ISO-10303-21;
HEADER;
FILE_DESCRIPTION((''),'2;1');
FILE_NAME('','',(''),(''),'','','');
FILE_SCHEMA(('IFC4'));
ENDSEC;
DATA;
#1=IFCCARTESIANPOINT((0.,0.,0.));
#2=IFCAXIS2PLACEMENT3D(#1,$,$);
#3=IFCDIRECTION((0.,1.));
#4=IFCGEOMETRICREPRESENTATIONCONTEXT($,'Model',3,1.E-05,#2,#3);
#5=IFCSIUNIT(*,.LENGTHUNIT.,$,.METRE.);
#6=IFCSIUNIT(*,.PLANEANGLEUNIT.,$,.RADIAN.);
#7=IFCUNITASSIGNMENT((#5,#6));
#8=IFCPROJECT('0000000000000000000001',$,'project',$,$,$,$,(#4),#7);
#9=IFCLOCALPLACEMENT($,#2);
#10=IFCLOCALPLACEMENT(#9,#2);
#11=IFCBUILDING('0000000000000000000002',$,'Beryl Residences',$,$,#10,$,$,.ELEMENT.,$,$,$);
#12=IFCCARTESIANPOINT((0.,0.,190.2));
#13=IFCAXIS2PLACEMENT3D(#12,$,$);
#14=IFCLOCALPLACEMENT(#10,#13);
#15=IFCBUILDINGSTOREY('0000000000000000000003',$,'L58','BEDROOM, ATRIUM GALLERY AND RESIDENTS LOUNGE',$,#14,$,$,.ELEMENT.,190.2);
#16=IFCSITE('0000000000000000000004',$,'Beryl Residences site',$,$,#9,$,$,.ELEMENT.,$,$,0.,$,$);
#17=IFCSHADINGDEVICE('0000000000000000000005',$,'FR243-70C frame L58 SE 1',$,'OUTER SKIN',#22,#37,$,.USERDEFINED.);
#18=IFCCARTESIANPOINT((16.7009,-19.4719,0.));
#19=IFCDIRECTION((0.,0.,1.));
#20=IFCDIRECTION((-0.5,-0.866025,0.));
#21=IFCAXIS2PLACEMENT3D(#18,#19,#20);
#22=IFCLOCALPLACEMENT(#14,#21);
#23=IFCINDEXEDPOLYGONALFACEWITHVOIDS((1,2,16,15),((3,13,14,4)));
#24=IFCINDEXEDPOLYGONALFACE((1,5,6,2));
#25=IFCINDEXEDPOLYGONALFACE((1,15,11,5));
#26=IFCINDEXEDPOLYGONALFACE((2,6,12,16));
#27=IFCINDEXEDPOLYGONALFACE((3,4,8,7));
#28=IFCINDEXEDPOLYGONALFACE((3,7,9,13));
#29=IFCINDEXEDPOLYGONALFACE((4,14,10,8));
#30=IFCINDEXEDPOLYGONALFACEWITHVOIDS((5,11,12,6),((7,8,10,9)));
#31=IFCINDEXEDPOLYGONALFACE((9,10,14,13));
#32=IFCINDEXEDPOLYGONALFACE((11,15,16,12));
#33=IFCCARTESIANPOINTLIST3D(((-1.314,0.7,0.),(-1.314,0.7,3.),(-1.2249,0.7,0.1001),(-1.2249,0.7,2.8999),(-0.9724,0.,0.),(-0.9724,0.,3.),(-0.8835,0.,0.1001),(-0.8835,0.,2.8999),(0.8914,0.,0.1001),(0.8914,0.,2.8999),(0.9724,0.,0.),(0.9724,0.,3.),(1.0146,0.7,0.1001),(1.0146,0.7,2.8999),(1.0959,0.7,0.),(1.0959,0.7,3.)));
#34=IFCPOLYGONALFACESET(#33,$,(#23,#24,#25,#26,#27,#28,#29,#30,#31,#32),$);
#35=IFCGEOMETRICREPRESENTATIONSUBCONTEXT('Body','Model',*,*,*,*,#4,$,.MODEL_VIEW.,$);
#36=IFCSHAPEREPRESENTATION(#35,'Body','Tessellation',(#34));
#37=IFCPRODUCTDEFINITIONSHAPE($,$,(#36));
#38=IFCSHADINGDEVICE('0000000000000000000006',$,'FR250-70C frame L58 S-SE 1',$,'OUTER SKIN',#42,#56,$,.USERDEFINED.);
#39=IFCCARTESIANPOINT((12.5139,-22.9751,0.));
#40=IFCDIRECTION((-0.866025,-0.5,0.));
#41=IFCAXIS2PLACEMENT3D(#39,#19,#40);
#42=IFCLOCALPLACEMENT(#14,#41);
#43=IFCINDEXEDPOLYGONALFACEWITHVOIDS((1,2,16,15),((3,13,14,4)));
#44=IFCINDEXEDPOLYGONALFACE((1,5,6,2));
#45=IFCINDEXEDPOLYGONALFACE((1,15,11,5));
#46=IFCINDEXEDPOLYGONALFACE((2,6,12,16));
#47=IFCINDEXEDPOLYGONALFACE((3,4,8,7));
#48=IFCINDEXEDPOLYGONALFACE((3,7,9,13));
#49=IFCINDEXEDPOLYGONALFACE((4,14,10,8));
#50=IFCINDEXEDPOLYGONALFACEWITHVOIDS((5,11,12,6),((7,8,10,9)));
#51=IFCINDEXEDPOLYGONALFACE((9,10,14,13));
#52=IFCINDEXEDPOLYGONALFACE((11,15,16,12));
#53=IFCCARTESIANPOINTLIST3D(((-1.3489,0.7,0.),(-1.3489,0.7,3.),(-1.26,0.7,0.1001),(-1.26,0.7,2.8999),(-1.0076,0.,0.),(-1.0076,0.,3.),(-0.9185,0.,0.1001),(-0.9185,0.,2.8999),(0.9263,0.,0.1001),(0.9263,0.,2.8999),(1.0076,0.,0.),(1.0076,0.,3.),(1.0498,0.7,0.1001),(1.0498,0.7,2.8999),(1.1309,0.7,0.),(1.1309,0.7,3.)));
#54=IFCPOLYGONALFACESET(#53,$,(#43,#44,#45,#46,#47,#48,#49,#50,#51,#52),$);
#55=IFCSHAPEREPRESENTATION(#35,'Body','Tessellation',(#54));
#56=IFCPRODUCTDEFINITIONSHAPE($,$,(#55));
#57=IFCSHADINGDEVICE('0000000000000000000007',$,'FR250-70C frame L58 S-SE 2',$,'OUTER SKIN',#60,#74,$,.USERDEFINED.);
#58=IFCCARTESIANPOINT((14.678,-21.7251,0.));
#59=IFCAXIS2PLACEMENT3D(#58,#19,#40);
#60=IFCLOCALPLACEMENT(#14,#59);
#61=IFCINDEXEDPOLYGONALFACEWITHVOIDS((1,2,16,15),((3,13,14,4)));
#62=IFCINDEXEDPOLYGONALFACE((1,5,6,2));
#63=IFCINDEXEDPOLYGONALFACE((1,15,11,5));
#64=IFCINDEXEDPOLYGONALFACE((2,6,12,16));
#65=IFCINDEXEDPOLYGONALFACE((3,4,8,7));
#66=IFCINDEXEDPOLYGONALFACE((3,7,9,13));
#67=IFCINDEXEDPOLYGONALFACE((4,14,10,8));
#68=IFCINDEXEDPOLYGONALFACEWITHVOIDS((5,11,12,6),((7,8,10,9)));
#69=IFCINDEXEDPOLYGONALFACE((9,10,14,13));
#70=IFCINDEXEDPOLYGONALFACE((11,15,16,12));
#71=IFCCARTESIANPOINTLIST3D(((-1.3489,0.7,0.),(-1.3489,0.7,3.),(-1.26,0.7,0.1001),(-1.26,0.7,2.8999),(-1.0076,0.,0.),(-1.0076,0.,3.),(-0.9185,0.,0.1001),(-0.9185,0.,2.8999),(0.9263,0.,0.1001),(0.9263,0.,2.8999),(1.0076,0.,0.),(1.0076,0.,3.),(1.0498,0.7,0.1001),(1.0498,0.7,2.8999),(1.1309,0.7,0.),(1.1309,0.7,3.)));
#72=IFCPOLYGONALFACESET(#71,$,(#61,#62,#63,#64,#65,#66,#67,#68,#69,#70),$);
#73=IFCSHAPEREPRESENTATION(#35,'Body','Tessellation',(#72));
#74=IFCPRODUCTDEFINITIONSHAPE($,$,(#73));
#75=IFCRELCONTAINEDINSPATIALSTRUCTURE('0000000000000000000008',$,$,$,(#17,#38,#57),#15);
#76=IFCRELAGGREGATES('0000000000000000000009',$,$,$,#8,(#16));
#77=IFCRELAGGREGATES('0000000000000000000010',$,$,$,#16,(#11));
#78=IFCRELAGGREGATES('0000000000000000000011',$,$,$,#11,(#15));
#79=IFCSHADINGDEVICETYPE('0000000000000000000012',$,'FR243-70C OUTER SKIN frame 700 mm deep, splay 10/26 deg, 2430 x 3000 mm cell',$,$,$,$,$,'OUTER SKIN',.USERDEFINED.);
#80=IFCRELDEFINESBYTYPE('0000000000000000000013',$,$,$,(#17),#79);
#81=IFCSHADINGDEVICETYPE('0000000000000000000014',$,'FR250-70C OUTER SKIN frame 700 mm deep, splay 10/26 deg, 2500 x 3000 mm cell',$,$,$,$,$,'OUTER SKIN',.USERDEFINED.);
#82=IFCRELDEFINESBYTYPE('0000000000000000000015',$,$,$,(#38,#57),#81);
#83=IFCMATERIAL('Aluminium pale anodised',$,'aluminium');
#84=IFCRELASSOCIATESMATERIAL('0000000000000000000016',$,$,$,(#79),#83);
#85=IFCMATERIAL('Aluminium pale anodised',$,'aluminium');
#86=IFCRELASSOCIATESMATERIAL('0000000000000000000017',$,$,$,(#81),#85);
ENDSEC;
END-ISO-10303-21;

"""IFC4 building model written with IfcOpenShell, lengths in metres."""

from ifc_helpers import new_model, entity, si_unit, direction, frame, origin, place, context, subcontext, project, spatial, source, transform, mapped, material, type_object, type_shapes, element, save


model = new_model("IFC4")

# Units and contexts
model_context = context("Model", 3, precision=1e-05, world=origin(), true_north=direction((0.0, 1.0)))
body_context = subcontext(model_context, "Body", "Model", "MODEL_VIEW")
ifc_project = project(units=[si_unit("LENGTHUNIT", "METRE"), si_unit("PLANEANGLEUNIT", "RADIAN")], contexts=[model_context])

# Site, building, storey
site_placement = place(None, origin())
site = spatial("IfcSite", under=ifc_project, at=site_placement, Name="Beryl Residences site", CompositionType="ELEMENT", RefElevation=0.0)
building_placement = place(site_placement, origin())
building = spatial("IfcBuilding", under=site, at=building_placement, Name="Beryl Residences", CompositionType="ELEMENT")
storey_placement = place(building_placement, frame((0.0, 0.0, 190.2)))
storey = spatial("IfcBuildingStorey", under=building, at=storey_placement, Name="L58", Description="BEDROOM, ATRIUM GALLERY AND RESIDENTS LOUNGE", CompositionType="ELEMENT", Elevation=190.2)

# Shading devices
ifc_material_1 = material(Name="Aluminium pale anodised", Category="aluminium")
shading_device_type_1 = type_object("IfcShadingDeviceType", Name="FR243-70C OUTER SKIN frame 700 mm deep, splay 10/26 deg, 2430 x 3000 mm cell", ElementType="OUTER SKIN", PredefinedType="USERDEFINED", material=ifc_material_1)
cartesian_point_1 = entity("IfcCartesianPoint", [-0.9724, 0.0])
cartesian_point_2 = entity("IfcCartesianPoint", [-0.8914, 0.1001])
cartesian_point_3 = entity("IfcCartesianPoint", [-1.0959, 0.0])
cartesian_point_4 = entity("IfcCartesianPoint", [-1.0146, 0.1001])
shared_shape_1 = source(origin(), body_context, "Body", "SweptSolid", [
    entity("IfcExtrudedAreaSolidTapered", entity("IfcArbitraryProfileDefWithVoids", "AREA", None, entity("IfcPolyline", [cartesian_point_1, entity("IfcCartesianPoint", [0.9724, 0.0]), entity("IfcCartesianPoint", [0.9724, 3.0]), entity("IfcCartesianPoint", [-0.9724, 3.0]), cartesian_point_1]), [entity("IfcPolyline", [cartesian_point_2, entity("IfcCartesianPoint", [0.8835, 0.1001]), entity("IfcCartesianPoint", [0.8835, 2.8999]), entity("IfcCartesianPoint", [-0.8914, 2.8999]), cartesian_point_2])]), entity("IfcAxis2Placement3D", entity("IfcCartesianPoint", [0.0, 0.0, 0.0]), entity("IfcDirection", [0.0, 1.0, 0.0]), entity("IfcDirection", [-1.0, 0.0, 0.0])), entity("IfcDirection", [0.0, 0.0, 1.0]), 0.7, entity("IfcArbitraryProfileDefWithVoids", "AREA", None, entity("IfcPolyline", [cartesian_point_3, entity("IfcCartesianPoint", [1.314, 0.0]), entity("IfcCartesianPoint", [1.314, 3.0]), entity("IfcCartesianPoint", [-1.0959, 3.0]), cartesian_point_3]), [entity("IfcPolyline", [cartesian_point_4, entity("IfcCartesianPoint", [1.2249, 0.1001]), entity("IfcCartesianPoint", [1.2249, 2.8999]), entity("IfcCartesianPoint", [-1.0146, 2.8999]), cartesian_point_4])])),
])
type_shapes(shading_device_type_1, [shared_shape_1])
shading_device_placement = place(storey_placement, frame((16.7009, -19.4719, 0.0), z_axis=(0.0, 0.0, 1.0), x_axis=(-0.5, -0.866025, 0.0)))
element("IfcShadingDevice", 1, at=shading_device_placement, inside=storey, type_object=shading_device_type_1, Name="FR243-70C frame L58 SE 1", ObjectType="OUTER SKIN", PredefinedType="USERDEFINED", context=body_context, shape_type="MappedRepresentation", body=[
    mapped(shared_shape_1, transform((0.0, 0.0, 0.0))),
])
ifc_material_2 = material(Name="Aluminium pale anodised", Category="aluminium")
shading_device_type_2 = type_object("IfcShadingDeviceType", Name="FR250-70C OUTER SKIN frame 700 mm deep, splay 10/26 deg, 2500 x 3000 mm cell", ElementType="OUTER SKIN", PredefinedType="USERDEFINED", material=ifc_material_2)
cartesian_point_5 = entity("IfcCartesianPoint", [-1.0076, 0.0])
cartesian_point_6 = entity("IfcCartesianPoint", [-0.9263, 0.1001])
cartesian_point_7 = entity("IfcCartesianPoint", [-1.1309, 0.0])
cartesian_point_8 = entity("IfcCartesianPoint", [-1.0498, 0.1001])
shared_shape_2 = source(origin(), body_context, "Body", "SweptSolid", [
    entity("IfcExtrudedAreaSolidTapered", entity("IfcArbitraryProfileDefWithVoids", "AREA", None, entity("IfcPolyline", [cartesian_point_5, entity("IfcCartesianPoint", [1.0076, 0.0]), entity("IfcCartesianPoint", [1.0076, 3.0]), entity("IfcCartesianPoint", [-1.0076, 3.0]), cartesian_point_5]), [entity("IfcPolyline", [cartesian_point_6, entity("IfcCartesianPoint", [0.9185, 0.1001]), entity("IfcCartesianPoint", [0.9185, 2.8999]), entity("IfcCartesianPoint", [-0.9263, 2.8999]), cartesian_point_6])]), entity("IfcAxis2Placement3D", entity("IfcCartesianPoint", [0.0, 0.0, 0.0]), entity("IfcDirection", [0.0, 1.0, 0.0]), entity("IfcDirection", [-1.0, 0.0, 0.0])), entity("IfcDirection", [0.0, 0.0, 1.0]), 0.7, entity("IfcArbitraryProfileDefWithVoids", "AREA", None, entity("IfcPolyline", [cartesian_point_7, entity("IfcCartesianPoint", [1.3489, 0.0]), entity("IfcCartesianPoint", [1.3489, 3.0]), entity("IfcCartesianPoint", [-1.1309, 3.0]), cartesian_point_7]), [entity("IfcPolyline", [cartesian_point_8, entity("IfcCartesianPoint", [1.26, 0.1001]), entity("IfcCartesianPoint", [1.26, 2.8999]), entity("IfcCartesianPoint", [-1.0498, 2.8999]), cartesian_point_8])])),
])
type_shapes(shading_device_type_2, [shared_shape_2])
for number, where, z_axis, x_axis, name in (
    (2, (12.5139, -22.9751, 0.0), (0.0, 0.0, 1.0), (-0.866025, -0.5, 0.0), "FR250-70C frame L58 S-SE 1"),
    (3, (14.678, -21.7251, 0.0), (0.0, 0.0, 1.0), (-0.866025, -0.5, 0.0), "FR250-70C frame L58 S-SE 2"),
):
    element("IfcShadingDevice", number, at=place(storey_placement, frame(where, z_axis=z_axis, x_axis=x_axis)), inside=storey, type_object=shading_device_type_2, Name=name, ObjectType="OUTER SKIN", PredefinedType="USERDEFINED", context=body_context, shape_type="MappedRepresentation", body=[
        mapped(shared_shape_2, transform((0.0, 0.0, 0.0))),
    ])

save(model, "model.ifc")
